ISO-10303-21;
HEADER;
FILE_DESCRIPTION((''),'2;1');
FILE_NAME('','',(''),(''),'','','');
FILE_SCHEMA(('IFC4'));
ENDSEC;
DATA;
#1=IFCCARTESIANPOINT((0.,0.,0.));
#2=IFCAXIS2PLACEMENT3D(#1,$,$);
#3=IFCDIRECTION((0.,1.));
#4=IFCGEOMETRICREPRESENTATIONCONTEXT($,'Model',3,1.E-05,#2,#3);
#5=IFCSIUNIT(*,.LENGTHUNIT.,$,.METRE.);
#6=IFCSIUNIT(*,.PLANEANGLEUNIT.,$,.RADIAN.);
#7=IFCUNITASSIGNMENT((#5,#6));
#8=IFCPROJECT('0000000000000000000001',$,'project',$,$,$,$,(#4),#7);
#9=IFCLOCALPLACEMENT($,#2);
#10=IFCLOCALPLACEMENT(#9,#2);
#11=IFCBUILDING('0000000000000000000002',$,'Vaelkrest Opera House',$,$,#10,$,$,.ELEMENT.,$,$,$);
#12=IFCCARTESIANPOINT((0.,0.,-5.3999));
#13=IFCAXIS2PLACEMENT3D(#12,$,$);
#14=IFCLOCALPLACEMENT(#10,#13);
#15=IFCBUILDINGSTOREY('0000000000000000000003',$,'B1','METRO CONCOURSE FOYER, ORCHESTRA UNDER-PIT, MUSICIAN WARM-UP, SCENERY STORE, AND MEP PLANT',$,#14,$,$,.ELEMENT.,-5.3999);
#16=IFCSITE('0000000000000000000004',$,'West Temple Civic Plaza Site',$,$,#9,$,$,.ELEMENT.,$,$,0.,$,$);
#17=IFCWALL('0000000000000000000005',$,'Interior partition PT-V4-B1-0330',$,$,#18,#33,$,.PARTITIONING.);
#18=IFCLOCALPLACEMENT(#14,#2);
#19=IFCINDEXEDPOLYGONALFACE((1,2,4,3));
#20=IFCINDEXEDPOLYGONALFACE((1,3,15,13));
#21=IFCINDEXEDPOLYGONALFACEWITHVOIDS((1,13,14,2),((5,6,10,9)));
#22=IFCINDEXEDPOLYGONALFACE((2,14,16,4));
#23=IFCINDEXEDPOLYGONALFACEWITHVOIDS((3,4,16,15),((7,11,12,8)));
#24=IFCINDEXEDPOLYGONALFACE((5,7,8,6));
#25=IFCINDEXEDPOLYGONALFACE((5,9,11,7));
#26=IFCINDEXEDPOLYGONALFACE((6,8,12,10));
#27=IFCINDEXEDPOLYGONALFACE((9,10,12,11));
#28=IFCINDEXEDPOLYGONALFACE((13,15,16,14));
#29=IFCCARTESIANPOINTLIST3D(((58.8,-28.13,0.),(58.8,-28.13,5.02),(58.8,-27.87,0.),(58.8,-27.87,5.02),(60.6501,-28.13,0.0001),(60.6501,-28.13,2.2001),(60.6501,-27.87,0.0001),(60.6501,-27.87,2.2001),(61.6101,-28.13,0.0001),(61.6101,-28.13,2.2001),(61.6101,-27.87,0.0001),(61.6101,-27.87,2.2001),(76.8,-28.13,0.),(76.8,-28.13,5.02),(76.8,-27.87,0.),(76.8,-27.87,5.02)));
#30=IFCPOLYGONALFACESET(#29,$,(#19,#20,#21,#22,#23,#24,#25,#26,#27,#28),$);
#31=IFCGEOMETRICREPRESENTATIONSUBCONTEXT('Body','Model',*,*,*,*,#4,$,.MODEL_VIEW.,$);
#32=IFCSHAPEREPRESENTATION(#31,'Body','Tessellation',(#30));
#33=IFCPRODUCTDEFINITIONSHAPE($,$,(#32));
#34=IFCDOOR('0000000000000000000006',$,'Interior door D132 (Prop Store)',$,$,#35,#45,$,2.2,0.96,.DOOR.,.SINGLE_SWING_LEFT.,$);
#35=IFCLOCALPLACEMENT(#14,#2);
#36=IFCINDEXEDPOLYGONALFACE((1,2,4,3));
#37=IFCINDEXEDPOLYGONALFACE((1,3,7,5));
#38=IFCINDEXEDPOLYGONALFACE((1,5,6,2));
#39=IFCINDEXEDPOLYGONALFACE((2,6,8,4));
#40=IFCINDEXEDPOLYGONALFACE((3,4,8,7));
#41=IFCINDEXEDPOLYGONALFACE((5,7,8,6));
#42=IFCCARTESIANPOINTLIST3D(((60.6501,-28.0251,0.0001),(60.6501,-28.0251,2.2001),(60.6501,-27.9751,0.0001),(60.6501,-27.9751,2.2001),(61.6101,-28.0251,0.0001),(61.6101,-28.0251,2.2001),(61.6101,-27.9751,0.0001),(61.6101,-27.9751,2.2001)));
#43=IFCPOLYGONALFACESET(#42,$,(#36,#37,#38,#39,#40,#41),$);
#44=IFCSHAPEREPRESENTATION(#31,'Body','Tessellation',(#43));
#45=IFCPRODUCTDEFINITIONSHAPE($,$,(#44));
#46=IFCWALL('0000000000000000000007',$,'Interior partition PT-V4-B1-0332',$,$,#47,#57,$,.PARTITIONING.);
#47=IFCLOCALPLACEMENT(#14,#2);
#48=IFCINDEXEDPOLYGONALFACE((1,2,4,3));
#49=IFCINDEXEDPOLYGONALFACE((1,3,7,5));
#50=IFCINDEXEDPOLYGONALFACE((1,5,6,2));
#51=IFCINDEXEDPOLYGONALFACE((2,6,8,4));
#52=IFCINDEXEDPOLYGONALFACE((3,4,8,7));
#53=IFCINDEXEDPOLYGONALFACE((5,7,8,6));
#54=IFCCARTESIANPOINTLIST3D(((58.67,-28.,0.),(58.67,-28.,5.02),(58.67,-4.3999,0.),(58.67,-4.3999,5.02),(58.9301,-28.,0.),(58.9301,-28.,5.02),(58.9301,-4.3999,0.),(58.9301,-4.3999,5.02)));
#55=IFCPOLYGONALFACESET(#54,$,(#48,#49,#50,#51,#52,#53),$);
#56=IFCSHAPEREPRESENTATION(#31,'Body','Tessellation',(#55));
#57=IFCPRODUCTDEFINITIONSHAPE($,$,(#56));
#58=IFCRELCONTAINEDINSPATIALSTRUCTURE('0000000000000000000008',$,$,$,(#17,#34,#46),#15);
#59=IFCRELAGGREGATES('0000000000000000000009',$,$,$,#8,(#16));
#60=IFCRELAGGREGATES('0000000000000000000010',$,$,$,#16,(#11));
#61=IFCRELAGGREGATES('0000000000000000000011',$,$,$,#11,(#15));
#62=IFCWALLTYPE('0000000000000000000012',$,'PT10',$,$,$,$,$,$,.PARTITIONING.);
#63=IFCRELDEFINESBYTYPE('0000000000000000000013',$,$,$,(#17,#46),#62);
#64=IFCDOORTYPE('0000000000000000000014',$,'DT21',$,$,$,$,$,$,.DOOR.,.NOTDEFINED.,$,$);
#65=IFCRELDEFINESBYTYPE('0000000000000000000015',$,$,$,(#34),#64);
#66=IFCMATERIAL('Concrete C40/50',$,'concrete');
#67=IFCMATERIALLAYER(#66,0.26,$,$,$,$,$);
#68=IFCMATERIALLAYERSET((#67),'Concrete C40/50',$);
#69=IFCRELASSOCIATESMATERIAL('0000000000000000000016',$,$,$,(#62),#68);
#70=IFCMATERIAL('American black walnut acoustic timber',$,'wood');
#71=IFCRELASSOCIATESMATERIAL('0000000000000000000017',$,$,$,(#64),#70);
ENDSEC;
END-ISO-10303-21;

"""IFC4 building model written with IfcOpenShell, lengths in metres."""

from ifc_helpers import new_model, si_unit, direction, frame, frame_2d, origin, place, context, subcontext, project, spatial, rectangle, extrude, material, layer, layer_set, type_object, element, fill, save


model = new_model("IFC4")

# Units and contexts
model_context = context("Model", 3, precision=1e-05, world=origin(), true_north=direction((0.0, 1.0)))
body_context = subcontext(model_context, "Body", "Model", "MODEL_VIEW")
ifc_project = project(units=[si_unit("LENGTHUNIT", "METRE"), si_unit("PLANEANGLEUNIT", "RADIAN")], contexts=[model_context])

# Site, building, storey
site_placement = place(None, origin())
site = spatial("IfcSite", under=ifc_project, at=site_placement, Name="West Temple Civic Plaza Site", CompositionType="ELEMENT", RefElevation=0.0)
building_placement = place(site_placement, origin())
building = spatial("IfcBuilding", under=site, at=building_placement, Name="Vaelkrest Opera House", CompositionType="ELEMENT")
storey_placement = place(building_placement, frame((0.0, 0.0, -5.3999)))
storey = spatial("IfcBuildingStorey", under=building, at=storey_placement, Name="B1", Description="METRO CONCOURSE FOYER, ORCHESTRA UNDER-PIT, MUSICIAN WARM-UP, SCENERY STORE, AND MEP PLANT", CompositionType="ELEMENT", Elevation=-5.3999)

# Shared definitions
ifc_material_1 = material(Name="Concrete C40/50", Category="concrete")

# Wall, opening, door
ifc_layer_1 = layer(ifc_material_1, 0.26)
ifc_layer_set_1 = layer_set([ifc_layer_1], Name="Concrete C40/50")
wall_type_1 = type_object("IfcWallType", Name="PT10", PredefinedType="PARTITIONING", material=ifc_layer_set_1)
wall_1_placement = place(storey_placement, frame((58.8, -28.0, 0.0), z_axis=(0.0, 0.0, 1.0), x_axis=(1.0, 0.0, 0.0)))
wall_1 = element("IfcWall", 1, at=wall_1_placement, inside=storey, type_object=wall_type_1, Name="Interior partition PT-V4-B1-0330", PredefinedType="PARTITIONING", context=body_context, shape_type="SweptSolid", body=[
    extrude(rectangle(XDim=18.0, YDim=0.26, at=frame_2d((9.0, 0.0))), origin(), (0.0, 0.0, 1.0), 5.02),
])
opening_placement = place(wall_1_placement, frame((1.8501, 0.0, 0.0)))
opening = element("IfcOpeningElement", 2, at=opening_placement, cuts=wall_1, PredefinedType="OPENING", context=body_context, shape_type="SweptSolid", body=[
    extrude(rectangle(XDim=0.96, YDim=2.2, at=frame_2d((0.48, 1.1001))), frame((0.0, 0.1399, 0.0), z_axis=(0.0, -1.0, 0.0), x_axis=(1.0, 0.0, 0.0)), (0.0, 0.0, 1.0), 0.28),
])
ifc_material_2 = material(Name="American black walnut acoustic timber", Category="wood")
door_type = type_object("IfcDoorType", Name="DT21", OperationType="NOTDEFINED", PredefinedType="DOOR", material=ifc_material_2)
door_placement = place(opening_placement, origin())
door = element("IfcDoor", 3, at=door_placement, inside=storey, type_object=door_type, Name="Interior door D132 (Prop Store)", OperationType="SINGLE_SWING_LEFT", OverallHeight=2.2, OverallWidth=0.96, PredefinedType="DOOR", context=body_context, shape_type="SweptSolid", body=[
    extrude(rectangle(XDim=0.96, YDim=2.2, at=frame_2d((0.48, 1.1001))), frame((0.0, 0.0249, 0.0), z_axis=(0.0, -1.0, 0.0), x_axis=(1.0, 0.0, 0.0)), (0.0, 0.0, 1.0), 0.05),
])
fill(opening, door)

# Wall
wall_2_placement = place(storey_placement, frame((58.8, -28.0, 0.0), z_axis=(0.0, 0.0, 1.0), x_axis=(0.0, 1.0, 0.0)))
element("IfcWall", 4, at=wall_2_placement, inside=storey, type_object=wall_type_1, Name="Interior partition PT-V4-B1-0332", PredefinedType="PARTITIONING", context=body_context, shape_type="SweptSolid", body=[
    extrude(rectangle(XDim=23.6001, YDim=0.26, at=frame_2d((11.8, 0.0))), origin(), (0.0, 0.0, 1.0), 5.02),
])

save(model, "model.ifc")
